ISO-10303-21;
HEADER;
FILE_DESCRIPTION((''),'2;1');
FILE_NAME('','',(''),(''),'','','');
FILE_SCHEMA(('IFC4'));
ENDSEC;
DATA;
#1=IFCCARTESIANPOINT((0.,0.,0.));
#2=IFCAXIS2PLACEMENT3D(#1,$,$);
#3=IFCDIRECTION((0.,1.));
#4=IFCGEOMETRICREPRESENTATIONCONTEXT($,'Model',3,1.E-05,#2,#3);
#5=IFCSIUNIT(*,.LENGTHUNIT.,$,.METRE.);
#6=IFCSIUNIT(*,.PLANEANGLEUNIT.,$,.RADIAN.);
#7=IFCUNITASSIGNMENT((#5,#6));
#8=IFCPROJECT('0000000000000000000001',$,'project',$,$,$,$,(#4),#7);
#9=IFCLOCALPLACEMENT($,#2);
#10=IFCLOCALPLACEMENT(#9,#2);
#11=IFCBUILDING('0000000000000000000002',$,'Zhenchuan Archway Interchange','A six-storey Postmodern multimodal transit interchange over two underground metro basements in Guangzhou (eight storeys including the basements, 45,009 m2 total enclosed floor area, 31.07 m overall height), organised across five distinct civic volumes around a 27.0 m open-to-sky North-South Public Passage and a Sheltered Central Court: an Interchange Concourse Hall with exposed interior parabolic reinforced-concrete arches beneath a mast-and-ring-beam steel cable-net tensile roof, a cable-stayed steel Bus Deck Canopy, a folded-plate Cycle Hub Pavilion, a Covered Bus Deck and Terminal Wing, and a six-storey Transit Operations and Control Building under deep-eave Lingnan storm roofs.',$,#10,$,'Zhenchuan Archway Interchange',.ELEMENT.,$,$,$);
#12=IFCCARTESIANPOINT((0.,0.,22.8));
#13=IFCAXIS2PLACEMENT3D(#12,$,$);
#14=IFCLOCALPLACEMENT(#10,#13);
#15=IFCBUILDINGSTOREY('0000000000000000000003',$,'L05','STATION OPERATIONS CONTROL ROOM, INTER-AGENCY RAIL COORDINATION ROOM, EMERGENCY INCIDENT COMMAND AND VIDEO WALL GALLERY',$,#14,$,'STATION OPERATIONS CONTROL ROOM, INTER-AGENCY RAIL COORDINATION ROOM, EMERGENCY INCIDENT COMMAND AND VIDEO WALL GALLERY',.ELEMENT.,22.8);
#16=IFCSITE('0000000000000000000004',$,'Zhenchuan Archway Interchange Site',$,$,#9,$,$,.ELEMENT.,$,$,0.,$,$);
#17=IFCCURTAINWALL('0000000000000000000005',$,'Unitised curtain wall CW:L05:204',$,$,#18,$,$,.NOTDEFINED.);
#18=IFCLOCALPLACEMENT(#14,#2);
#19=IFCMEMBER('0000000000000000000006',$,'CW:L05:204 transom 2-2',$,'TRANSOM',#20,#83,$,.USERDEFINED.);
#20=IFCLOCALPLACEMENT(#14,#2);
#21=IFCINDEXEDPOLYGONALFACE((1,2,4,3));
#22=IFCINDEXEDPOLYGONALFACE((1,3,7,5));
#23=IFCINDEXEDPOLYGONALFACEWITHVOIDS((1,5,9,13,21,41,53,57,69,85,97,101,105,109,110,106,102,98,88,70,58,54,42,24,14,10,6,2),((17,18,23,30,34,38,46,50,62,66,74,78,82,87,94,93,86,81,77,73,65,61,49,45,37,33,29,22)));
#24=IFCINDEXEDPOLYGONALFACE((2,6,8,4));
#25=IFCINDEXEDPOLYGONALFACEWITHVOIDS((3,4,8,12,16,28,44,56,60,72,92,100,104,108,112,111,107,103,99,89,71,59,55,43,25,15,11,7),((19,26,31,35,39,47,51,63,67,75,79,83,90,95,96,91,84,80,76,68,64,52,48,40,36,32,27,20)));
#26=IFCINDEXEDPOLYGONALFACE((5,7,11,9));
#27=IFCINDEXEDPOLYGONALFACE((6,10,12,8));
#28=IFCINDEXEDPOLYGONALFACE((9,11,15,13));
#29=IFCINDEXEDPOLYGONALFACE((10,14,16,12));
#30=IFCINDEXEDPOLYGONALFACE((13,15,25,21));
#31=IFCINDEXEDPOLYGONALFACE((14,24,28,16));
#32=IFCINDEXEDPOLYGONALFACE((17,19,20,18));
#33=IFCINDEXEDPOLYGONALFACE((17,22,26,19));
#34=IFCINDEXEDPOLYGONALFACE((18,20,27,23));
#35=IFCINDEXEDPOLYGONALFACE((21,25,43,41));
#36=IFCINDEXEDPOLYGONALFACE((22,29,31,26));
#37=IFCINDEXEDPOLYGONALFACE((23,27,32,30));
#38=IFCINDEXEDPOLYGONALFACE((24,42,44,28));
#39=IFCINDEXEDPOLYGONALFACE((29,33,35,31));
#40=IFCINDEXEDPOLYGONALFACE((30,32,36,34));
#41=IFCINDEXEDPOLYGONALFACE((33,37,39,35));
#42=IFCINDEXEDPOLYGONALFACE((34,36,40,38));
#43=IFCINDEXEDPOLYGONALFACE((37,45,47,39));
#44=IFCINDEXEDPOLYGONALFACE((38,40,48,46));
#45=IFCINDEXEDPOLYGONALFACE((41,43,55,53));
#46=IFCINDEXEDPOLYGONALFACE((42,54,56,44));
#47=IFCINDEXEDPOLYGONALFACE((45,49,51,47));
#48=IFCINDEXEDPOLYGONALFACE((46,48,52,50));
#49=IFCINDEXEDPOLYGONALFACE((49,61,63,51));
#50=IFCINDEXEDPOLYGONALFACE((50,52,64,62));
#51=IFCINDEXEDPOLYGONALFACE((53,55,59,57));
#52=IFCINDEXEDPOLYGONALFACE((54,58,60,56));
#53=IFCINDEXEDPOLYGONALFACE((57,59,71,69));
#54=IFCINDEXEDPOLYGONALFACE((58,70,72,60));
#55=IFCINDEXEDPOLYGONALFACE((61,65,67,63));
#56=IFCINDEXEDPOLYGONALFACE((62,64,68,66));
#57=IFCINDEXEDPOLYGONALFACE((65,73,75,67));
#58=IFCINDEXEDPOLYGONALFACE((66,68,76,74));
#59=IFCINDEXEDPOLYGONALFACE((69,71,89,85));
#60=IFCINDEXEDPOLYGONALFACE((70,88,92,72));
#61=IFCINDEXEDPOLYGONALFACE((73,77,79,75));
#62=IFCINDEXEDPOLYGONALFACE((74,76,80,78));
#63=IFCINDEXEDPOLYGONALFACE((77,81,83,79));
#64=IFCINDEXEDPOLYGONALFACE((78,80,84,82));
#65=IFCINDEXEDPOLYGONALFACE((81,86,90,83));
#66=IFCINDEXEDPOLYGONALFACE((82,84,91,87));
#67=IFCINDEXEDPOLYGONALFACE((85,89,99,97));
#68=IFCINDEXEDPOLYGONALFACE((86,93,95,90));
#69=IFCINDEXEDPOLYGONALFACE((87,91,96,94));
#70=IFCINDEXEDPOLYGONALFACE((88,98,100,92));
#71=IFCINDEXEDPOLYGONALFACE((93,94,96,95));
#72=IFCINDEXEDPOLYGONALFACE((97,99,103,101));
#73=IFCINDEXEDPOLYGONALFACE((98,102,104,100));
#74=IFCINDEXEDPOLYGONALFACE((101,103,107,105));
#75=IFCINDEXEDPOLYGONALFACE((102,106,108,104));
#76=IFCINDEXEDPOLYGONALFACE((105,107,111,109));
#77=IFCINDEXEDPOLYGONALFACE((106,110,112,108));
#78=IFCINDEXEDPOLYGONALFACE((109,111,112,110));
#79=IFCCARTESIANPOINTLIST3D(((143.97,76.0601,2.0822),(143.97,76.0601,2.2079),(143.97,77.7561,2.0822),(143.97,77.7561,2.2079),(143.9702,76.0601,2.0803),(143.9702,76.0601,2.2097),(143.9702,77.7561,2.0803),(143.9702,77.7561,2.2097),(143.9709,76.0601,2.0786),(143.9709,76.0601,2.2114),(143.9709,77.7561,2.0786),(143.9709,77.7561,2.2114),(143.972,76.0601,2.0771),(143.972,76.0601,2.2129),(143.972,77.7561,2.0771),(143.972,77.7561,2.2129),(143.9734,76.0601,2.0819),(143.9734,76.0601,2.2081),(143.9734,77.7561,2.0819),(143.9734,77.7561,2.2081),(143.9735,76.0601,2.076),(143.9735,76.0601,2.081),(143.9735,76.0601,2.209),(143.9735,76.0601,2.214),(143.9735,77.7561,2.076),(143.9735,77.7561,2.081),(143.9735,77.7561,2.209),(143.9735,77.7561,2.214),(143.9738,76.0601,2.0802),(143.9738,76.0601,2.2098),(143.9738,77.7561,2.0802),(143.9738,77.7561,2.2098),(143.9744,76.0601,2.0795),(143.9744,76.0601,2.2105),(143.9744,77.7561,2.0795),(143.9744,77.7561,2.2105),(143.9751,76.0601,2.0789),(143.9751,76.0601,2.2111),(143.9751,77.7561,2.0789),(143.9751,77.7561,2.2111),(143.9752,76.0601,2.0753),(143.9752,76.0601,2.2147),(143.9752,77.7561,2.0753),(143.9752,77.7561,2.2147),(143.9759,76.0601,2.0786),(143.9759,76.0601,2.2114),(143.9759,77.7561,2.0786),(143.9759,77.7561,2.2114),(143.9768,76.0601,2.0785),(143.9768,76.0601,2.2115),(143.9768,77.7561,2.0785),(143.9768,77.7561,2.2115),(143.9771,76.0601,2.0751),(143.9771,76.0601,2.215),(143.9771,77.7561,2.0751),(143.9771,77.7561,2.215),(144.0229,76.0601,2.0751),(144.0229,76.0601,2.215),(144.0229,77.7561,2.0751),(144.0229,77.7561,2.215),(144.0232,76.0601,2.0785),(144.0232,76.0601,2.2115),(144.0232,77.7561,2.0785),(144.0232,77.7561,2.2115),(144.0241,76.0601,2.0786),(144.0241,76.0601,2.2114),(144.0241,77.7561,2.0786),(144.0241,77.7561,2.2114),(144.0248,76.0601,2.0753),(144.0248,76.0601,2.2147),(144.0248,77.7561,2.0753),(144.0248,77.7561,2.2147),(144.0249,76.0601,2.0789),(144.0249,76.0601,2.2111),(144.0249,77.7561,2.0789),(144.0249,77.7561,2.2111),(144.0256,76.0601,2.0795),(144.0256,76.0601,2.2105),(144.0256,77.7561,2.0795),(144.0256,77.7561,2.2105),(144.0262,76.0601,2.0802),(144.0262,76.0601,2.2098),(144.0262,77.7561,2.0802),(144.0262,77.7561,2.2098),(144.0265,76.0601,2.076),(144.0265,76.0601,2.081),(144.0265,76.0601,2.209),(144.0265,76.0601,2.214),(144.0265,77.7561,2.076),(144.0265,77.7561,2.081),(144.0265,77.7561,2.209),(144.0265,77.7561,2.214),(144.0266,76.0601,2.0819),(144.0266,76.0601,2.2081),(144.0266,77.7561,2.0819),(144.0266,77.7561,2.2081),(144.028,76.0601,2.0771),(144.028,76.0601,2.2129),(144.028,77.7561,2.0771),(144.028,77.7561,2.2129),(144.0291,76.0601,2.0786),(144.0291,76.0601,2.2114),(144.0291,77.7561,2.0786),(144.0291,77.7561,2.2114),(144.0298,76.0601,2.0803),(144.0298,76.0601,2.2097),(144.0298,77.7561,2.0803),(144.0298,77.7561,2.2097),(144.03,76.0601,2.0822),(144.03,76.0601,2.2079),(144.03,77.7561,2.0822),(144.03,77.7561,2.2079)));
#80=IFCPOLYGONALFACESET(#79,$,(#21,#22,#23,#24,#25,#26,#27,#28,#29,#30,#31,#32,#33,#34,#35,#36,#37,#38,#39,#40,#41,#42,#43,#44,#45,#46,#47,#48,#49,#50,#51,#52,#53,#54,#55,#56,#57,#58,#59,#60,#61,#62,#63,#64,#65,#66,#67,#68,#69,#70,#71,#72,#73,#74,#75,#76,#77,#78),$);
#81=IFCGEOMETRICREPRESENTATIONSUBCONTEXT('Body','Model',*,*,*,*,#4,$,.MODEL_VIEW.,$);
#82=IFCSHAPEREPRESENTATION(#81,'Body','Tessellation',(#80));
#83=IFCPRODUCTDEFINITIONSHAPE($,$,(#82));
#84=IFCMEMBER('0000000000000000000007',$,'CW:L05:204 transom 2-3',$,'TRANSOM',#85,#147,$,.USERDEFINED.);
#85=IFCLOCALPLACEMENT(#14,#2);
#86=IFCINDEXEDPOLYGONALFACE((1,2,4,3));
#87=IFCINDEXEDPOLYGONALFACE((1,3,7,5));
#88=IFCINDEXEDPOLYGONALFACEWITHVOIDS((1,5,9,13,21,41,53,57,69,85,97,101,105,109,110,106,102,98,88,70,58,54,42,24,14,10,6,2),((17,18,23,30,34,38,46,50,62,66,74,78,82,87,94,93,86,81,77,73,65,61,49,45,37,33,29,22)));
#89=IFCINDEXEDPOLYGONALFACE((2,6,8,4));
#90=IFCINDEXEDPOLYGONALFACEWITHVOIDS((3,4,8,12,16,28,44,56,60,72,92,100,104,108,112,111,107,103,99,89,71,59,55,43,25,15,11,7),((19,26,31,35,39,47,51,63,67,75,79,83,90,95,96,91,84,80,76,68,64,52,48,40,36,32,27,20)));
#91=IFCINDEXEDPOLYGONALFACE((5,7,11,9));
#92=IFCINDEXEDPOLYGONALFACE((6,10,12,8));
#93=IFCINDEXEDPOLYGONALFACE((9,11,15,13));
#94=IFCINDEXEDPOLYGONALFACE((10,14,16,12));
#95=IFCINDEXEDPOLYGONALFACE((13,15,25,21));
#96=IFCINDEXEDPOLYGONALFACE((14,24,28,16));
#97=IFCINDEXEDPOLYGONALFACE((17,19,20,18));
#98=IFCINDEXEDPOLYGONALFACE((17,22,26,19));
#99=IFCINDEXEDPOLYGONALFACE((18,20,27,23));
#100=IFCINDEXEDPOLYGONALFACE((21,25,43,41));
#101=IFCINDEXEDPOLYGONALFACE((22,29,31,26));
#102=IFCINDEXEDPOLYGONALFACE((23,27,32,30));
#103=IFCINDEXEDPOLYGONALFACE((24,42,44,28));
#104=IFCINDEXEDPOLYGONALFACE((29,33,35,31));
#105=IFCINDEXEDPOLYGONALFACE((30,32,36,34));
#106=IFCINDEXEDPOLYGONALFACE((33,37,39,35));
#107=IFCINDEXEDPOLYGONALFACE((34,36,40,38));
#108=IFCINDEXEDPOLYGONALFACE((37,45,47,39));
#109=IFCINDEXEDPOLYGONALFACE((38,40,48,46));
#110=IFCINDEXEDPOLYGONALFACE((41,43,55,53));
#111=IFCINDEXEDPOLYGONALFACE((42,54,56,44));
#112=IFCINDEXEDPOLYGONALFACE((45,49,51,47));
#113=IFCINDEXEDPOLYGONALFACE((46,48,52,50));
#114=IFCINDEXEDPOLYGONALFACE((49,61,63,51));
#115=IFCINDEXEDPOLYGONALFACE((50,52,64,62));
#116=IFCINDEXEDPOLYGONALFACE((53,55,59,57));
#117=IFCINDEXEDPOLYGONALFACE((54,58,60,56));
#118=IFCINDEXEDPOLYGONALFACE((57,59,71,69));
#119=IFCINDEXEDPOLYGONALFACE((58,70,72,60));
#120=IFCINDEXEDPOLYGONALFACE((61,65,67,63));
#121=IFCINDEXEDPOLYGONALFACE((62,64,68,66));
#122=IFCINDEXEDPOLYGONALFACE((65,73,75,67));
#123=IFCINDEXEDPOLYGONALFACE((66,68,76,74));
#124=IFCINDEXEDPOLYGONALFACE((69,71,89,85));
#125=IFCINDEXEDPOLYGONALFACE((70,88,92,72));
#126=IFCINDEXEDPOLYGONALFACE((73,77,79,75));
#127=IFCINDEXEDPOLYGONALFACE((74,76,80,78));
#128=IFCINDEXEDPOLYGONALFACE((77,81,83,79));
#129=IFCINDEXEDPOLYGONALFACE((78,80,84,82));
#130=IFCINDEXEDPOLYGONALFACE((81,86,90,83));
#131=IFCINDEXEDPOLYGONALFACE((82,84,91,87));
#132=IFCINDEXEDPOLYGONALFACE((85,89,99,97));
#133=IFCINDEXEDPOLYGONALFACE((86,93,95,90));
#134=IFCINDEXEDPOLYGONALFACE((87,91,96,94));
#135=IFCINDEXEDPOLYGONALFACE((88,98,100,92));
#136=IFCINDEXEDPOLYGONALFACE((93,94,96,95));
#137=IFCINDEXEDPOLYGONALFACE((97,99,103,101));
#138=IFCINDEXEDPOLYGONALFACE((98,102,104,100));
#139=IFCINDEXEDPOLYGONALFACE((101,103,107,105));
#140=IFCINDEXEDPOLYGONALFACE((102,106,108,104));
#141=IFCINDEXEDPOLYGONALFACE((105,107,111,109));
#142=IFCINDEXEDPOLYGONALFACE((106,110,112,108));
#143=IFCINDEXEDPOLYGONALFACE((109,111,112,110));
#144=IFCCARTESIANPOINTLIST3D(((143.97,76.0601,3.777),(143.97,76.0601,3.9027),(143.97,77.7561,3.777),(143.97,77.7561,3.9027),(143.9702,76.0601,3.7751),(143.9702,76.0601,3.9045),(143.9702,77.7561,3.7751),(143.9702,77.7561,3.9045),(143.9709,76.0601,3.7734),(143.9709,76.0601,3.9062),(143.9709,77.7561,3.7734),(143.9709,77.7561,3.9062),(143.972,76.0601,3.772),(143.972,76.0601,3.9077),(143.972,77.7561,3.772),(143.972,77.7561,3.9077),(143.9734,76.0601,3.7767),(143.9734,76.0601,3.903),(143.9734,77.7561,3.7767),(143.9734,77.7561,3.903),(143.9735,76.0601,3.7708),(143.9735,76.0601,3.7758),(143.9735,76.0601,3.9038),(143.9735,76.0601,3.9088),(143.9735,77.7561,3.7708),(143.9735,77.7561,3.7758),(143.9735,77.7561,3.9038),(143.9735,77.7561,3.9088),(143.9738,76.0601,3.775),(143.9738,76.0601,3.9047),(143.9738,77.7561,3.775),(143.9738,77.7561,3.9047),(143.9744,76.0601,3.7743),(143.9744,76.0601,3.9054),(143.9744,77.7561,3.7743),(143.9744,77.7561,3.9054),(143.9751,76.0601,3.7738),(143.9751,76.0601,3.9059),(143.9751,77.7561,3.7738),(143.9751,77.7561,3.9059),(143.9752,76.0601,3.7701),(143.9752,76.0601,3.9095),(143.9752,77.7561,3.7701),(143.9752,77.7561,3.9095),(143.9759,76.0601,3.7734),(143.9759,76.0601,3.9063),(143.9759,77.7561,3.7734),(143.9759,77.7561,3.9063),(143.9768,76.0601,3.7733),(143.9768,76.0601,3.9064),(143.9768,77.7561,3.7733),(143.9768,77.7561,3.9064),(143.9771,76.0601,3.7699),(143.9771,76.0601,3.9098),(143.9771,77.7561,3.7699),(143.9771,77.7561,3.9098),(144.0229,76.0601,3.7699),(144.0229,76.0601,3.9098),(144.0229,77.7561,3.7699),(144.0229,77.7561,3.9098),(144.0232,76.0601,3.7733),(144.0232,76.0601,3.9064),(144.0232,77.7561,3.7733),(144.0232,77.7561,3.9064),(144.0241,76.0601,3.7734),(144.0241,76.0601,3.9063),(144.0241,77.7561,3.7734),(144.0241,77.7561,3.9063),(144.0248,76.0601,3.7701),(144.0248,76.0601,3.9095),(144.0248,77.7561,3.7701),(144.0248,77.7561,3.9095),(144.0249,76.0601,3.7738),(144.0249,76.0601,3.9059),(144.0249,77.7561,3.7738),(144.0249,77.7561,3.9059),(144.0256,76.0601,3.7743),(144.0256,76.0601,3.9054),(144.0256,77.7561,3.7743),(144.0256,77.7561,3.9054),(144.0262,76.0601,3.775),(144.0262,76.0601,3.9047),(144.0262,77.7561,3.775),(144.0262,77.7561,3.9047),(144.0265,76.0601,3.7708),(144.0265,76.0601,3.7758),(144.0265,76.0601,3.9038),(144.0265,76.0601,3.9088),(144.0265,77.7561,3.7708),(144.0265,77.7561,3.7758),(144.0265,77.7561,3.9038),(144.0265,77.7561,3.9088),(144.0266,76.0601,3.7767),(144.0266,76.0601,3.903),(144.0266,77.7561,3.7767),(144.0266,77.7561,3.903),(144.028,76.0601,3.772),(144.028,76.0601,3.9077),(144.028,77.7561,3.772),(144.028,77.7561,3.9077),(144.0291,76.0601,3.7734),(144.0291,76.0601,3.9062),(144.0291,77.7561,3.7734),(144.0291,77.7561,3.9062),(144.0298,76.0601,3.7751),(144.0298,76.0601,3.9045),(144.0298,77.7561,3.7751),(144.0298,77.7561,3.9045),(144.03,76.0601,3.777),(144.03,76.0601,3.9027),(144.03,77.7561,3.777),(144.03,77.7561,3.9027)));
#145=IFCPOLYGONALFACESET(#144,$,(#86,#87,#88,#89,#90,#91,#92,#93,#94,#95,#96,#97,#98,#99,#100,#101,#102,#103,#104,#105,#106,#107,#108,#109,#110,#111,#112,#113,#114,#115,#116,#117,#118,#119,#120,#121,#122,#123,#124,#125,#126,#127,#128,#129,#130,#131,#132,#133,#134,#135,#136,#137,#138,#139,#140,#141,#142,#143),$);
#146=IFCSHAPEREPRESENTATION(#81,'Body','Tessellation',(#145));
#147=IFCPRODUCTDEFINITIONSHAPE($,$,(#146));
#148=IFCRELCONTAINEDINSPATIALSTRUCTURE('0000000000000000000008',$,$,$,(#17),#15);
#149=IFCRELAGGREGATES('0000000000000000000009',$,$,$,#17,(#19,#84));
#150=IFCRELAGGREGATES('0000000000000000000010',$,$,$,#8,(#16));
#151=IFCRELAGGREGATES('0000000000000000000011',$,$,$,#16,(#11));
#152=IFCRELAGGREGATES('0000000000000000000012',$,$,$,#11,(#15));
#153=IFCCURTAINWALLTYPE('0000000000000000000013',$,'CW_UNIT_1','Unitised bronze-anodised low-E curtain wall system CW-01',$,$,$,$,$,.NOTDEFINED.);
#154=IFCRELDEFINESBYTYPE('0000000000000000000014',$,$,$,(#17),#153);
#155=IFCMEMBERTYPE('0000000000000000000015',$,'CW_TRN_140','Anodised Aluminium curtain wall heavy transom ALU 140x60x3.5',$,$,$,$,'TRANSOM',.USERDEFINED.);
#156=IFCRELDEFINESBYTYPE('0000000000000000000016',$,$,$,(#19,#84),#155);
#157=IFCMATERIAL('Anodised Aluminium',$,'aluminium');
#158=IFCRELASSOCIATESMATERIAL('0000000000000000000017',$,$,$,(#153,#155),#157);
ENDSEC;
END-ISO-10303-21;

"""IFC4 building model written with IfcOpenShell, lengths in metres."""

from ifc_helpers import new_model, si_unit, direction, frame, origin, origin_2d, place, context, subcontext, project, spatial, hollow_rectangle, extrude, material, material_profile, profile_set, type_object, element, aggregate, save


model = new_model("IFC4")

# Units and contexts
model_context = context("Model", 3, precision=1e-05, world=origin(), true_north=direction((0.0, 1.0)))
body_context = subcontext(model_context, "Body", "Model", "MODEL_VIEW")
ifc_project = project(units=[si_unit("LENGTHUNIT", "METRE"), si_unit("PLANEANGLEUNIT", "RADIAN")], contexts=[model_context])

# Site, building, storey
site_placement = place(None, origin())
site = spatial("IfcSite", under=ifc_project, at=site_placement, Name="Zhenchuan Archway Interchange Site", CompositionType="ELEMENT", RefElevation=0.0)
building_placement = place(site_placement, origin())
building = spatial("IfcBuilding", under=site, at=building_placement, Name="Zhenchuan Archway Interchange", Description="A six-storey Postmodern multimodal transit interchange over two underground metro basements in Guangzhou (eight storeys including the basements, 45,009 m2 total enclosed floor area, 31.07 m overall height), organised across five distinct civic volumes around a 27.0 m open-to-sky North-South Public Passage and a Sheltered Central Court: an Interchange Concourse Hall with exposed interior parabolic reinforced-concrete arches beneath a mast-and-ring-beam steel cable-net tensile roof, a cable-stayed steel Bus Deck Canopy, a folded-plate Cycle Hub Pavilion, a Covered Bus Deck and Terminal Wing, and a six-storey Transit Operations and Control Building under deep-eave Lingnan storm roofs.", LongName="Zhenchuan Archway Interchange", CompositionType="ELEMENT")
storey_placement = place(building_placement, frame((0.0, 0.0, 22.8)))
storey = spatial("IfcBuildingStorey", under=building, at=storey_placement, Name="L05", Description="STATION OPERATIONS CONTROL ROOM, INTER-AGENCY RAIL COORDINATION ROOM, EMERGENCY INCIDENT COMMAND AND VIDEO WALL GALLERY", LongName="STATION OPERATIONS CONTROL ROOM, INTER-AGENCY RAIL COORDINATION ROOM, EMERGENCY INCIDENT COMMAND AND VIDEO WALL GALLERY", CompositionType="ELEMENT", Elevation=22.8)

# Curtain wall, members
ifc_material_1 = material(Name="Anodised Aluminium", Category="aluminium")
curtain_wall_type = type_object("IfcCurtainWallType", Name="CW_UNIT_1", Description="Unitised bronze-anodised low-E curtain wall system CW-01", PredefinedType="NOTDEFINED", material=ifc_material_1)
curtain_wall_placement = place(storey_placement, origin())
curtain_wall = element("IfcCurtainWall", 1, at=curtain_wall_placement, inside=storey, type_object=curtain_wall_type, Name="Unitised curtain wall CW:L05:204", PredefinedType="NOTDEFINED")
ifc_material_profile_1 = material_profile(ifc_material_1, hollow_rectangle(XDim=0.0601, YDim=0.1399, WallThickness=0.0034, InnerFilletRadius=0.0034, OuterFilletRadius=0.0071, at=origin_2d()), Name="ALU 140x60x3.5")
ifc_profile_set_1 = profile_set([ifc_material_profile_1], Name="Anodised Aluminium")
member_type_1 = type_object("IfcMemberType", Name="CW_TRN_140", Description="Anodised Aluminium curtain wall heavy transom ALU 140x60x3.5", ElementType="TRANSOM", PredefinedType="USERDEFINED", material=ifc_profile_set_1)
member_1_placement = place(storey_placement, frame((144.0, 76.0601, 2.145), z_axis=(0.0, 1.0, 0.0), x_axis=(-1.0, 0.0, 0.0)))
member_1 = element("IfcMember", 2, at=member_1_placement, type_object=member_type_1, Name="CW:L05:204 transom 2-2", ObjectType="TRANSOM", PredefinedType="USERDEFINED", context=body_context, shape_type="SweptSolid", body=[
    extrude(hollow_rectangle(XDim=0.0601, YDim=0.1399, WallThickness=0.0034, InnerFilletRadius=0.0034, OuterFilletRadius=0.0071, at=origin_2d()), origin(), (0.0, 0.0, 1.0), 1.696),
])
member_2_placement = place(storey_placement, frame((144.0, 76.0601, 3.8398), z_axis=(0.0, 1.0, 0.0), x_axis=(-1.0, 0.0, 0.0)))
member_2 = element("IfcMember", 3, at=member_2_placement, type_object=member_type_1, Name="CW:L05:204 transom 2-3", ObjectType="TRANSOM", PredefinedType="USERDEFINED", context=body_context, shape_type="SweptSolid", body=[
    extrude(hollow_rectangle(XDim=0.0601, YDim=0.1399, WallThickness=0.0034, InnerFilletRadius=0.0034, OuterFilletRadius=0.0071, at=origin_2d()), origin(), (0.0, 0.0, 1.0), 1.696),
])

aggregate(curtain_wall, [member_1, member_2])

save(model, "model.ifc")
